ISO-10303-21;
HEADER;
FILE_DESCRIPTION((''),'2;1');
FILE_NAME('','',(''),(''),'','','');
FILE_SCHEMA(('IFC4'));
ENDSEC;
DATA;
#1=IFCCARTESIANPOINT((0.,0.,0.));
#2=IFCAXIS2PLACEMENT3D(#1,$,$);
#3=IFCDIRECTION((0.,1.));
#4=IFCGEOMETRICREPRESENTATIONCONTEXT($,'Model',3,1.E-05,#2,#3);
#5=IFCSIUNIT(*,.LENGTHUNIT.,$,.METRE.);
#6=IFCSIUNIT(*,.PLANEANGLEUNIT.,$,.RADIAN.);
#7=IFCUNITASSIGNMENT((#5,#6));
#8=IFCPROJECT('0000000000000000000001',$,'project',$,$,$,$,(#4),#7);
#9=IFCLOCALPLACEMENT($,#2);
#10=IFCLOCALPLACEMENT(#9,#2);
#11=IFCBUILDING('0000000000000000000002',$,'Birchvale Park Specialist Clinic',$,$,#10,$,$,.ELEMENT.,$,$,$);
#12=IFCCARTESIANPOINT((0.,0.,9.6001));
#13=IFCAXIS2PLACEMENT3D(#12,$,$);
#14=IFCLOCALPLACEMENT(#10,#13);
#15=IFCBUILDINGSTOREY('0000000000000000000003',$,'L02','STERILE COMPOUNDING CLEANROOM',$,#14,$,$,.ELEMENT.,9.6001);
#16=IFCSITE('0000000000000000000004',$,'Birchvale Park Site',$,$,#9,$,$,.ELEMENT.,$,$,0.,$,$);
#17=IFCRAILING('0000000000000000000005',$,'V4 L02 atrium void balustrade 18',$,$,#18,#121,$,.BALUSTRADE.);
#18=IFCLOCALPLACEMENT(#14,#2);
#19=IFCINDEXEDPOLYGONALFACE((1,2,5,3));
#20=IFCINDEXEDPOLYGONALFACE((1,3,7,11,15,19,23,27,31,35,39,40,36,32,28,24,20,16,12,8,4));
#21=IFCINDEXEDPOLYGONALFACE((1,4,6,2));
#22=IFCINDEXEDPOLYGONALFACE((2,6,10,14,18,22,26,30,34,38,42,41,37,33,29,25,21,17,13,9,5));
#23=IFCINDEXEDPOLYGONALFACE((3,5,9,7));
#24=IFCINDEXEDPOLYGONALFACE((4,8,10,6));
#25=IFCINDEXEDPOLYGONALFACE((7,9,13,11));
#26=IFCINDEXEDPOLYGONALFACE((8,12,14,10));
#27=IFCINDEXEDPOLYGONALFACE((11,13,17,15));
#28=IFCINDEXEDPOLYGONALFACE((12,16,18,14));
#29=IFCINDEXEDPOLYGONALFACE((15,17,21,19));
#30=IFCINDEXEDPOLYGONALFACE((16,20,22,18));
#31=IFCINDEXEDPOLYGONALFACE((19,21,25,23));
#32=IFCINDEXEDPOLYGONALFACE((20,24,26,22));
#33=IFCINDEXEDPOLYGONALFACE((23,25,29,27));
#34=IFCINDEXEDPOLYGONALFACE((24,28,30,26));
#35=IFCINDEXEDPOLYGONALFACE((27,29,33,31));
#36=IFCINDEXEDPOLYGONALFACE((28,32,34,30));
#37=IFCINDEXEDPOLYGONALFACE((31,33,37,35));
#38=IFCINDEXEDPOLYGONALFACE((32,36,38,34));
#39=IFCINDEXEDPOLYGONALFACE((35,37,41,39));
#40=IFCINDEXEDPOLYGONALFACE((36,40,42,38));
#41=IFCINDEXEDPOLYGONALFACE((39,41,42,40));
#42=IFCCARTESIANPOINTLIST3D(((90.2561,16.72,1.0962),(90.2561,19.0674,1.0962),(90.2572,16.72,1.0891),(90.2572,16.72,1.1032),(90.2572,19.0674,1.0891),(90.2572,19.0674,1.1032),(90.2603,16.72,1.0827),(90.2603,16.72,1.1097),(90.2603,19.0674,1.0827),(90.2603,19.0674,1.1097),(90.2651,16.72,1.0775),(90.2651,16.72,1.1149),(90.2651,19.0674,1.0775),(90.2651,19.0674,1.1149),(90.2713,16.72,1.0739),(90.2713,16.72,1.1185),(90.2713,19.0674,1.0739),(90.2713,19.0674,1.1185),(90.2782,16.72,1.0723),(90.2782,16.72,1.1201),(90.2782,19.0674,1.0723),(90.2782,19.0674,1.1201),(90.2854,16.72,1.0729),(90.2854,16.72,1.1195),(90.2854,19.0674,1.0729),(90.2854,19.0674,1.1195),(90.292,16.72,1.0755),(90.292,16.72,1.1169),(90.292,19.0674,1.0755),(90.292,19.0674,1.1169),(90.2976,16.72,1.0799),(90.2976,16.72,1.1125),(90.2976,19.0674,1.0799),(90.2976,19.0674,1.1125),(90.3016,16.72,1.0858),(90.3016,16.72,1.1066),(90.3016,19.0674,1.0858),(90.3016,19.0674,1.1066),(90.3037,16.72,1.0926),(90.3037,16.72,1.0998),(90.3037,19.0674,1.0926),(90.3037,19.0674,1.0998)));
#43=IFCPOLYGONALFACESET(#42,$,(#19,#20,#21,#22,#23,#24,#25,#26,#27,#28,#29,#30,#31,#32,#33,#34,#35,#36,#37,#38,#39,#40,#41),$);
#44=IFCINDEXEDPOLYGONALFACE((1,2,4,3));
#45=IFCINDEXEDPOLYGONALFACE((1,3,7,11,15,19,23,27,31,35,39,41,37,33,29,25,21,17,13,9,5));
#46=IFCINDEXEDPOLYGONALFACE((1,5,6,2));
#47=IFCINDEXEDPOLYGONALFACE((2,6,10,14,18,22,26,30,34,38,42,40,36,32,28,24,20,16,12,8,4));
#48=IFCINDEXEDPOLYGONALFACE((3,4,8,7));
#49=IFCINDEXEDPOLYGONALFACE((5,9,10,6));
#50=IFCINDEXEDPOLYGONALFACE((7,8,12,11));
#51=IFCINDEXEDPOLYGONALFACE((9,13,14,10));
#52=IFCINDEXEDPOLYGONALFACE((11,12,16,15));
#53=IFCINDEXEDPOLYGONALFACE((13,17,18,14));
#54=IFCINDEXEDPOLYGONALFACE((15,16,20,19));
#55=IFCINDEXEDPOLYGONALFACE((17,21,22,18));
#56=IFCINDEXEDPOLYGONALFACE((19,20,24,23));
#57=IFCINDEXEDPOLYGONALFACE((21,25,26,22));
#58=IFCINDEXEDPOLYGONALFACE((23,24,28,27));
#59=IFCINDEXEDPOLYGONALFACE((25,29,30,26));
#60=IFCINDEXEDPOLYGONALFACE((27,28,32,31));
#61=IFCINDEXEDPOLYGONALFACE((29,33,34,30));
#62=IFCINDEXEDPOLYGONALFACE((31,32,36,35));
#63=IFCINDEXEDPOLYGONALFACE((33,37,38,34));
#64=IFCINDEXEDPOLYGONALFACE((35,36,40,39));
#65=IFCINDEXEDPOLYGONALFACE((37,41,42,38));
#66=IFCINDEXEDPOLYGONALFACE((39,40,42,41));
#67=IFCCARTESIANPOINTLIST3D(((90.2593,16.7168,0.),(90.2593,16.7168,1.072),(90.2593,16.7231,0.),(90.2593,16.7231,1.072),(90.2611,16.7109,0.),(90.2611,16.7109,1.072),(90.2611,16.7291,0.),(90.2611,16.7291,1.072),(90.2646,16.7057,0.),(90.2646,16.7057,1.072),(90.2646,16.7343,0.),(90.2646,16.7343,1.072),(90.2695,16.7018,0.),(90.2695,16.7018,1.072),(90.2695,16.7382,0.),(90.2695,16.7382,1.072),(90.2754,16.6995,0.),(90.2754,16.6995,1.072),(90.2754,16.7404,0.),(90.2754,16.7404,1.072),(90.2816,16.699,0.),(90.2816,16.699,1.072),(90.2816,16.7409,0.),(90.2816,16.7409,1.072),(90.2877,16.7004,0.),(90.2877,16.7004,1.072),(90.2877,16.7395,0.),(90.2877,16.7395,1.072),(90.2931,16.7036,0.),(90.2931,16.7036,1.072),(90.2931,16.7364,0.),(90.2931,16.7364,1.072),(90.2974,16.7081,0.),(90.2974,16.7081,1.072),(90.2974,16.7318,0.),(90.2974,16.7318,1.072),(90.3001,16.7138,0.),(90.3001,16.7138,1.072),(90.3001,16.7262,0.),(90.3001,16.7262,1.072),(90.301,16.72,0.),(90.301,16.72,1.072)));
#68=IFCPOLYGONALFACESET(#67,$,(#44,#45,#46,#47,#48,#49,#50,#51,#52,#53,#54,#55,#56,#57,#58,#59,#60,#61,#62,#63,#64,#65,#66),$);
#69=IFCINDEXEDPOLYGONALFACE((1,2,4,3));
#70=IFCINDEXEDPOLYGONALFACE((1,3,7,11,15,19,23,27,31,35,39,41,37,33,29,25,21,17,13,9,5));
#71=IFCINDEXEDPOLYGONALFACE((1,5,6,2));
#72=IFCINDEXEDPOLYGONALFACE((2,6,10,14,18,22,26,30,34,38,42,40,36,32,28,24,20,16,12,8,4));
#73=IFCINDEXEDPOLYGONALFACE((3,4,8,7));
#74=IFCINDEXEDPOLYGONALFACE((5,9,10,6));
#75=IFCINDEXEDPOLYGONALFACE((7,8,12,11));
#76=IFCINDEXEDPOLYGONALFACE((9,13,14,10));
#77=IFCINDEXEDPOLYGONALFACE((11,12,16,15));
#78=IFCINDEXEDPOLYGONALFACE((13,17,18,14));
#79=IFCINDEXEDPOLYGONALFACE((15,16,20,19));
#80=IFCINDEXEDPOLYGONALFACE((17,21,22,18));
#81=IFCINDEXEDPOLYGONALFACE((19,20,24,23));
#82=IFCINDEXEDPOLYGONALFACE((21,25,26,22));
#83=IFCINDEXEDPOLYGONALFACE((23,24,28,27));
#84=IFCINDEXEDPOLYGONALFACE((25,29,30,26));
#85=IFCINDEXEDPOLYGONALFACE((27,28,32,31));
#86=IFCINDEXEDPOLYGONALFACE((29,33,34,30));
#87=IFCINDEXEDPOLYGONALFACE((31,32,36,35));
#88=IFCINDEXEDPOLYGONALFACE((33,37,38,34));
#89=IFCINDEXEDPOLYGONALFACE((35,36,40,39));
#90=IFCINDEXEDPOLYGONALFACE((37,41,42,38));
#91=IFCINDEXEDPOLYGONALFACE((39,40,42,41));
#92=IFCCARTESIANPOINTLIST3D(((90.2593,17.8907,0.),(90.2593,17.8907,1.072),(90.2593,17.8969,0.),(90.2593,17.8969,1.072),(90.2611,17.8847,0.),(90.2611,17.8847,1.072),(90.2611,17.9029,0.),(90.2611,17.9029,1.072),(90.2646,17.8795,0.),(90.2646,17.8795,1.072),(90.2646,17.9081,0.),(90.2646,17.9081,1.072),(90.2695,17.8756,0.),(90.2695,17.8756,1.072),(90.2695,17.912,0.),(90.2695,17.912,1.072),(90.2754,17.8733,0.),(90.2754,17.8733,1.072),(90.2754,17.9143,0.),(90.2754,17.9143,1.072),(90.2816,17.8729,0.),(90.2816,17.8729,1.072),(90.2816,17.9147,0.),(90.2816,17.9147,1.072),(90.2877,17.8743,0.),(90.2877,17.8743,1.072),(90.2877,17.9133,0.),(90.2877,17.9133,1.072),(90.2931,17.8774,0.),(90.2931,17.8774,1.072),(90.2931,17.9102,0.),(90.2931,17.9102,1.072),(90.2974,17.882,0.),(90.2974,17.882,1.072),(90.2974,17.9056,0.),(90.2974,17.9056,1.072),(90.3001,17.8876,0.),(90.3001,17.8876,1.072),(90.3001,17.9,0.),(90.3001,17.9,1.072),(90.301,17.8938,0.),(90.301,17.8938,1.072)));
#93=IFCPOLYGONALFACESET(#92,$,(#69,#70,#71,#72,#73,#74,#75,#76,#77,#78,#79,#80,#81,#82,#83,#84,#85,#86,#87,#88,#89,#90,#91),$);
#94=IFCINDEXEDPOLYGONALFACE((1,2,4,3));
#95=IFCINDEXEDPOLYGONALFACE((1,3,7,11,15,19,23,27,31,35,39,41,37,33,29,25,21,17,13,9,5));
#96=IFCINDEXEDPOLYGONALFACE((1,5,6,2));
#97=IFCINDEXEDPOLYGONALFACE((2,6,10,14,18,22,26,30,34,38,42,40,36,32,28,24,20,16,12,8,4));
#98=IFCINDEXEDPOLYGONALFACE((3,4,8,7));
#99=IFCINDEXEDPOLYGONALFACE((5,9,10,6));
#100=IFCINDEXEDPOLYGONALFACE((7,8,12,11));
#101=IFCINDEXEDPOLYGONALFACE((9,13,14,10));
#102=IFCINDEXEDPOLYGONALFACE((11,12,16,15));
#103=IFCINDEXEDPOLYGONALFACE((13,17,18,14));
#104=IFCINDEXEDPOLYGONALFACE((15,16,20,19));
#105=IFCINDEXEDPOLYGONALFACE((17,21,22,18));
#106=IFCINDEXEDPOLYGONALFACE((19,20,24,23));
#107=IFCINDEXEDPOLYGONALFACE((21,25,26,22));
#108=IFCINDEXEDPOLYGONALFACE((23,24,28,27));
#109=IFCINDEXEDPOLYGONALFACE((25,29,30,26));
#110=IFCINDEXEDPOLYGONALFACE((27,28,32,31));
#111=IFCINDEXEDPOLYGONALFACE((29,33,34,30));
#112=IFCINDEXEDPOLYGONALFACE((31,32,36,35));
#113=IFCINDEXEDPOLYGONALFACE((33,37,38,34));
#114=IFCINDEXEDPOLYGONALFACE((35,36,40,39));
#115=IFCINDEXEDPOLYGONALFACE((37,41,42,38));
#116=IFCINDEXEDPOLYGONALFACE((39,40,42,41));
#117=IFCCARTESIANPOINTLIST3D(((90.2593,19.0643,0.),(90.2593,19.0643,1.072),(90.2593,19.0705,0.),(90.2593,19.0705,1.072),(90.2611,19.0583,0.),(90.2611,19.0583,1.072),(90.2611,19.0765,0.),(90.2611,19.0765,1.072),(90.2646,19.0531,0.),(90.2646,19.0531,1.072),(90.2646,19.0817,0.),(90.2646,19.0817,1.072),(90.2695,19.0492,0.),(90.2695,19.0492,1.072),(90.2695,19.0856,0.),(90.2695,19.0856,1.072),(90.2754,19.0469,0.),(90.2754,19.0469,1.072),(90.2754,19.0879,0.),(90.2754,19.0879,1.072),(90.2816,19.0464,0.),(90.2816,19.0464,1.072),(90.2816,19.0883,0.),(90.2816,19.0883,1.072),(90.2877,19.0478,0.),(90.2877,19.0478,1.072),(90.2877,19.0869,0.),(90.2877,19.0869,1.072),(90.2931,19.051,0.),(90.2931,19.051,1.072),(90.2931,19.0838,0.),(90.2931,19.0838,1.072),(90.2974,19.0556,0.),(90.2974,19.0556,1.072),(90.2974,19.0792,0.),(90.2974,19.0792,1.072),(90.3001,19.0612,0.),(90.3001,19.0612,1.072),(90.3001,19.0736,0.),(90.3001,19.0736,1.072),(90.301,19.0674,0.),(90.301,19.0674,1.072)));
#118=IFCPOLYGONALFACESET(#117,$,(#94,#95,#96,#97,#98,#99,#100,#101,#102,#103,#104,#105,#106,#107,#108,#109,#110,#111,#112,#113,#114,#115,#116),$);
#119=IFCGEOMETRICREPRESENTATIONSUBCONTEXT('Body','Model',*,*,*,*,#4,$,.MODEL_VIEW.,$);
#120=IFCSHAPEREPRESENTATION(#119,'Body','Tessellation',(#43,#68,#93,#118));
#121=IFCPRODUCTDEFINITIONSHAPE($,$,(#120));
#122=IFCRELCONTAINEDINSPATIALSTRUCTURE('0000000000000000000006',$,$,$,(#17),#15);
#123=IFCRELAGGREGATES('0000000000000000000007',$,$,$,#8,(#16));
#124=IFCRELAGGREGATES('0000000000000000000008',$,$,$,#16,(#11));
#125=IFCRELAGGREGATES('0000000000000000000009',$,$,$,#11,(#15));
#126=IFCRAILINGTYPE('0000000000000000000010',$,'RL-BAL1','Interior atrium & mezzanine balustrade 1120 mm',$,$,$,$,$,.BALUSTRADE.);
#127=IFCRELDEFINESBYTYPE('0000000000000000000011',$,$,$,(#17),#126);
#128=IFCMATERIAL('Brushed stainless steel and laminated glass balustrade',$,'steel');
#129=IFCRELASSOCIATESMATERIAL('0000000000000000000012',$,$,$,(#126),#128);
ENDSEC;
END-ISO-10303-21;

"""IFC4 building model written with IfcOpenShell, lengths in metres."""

from ifc_helpers import new_model, si_unit, direction, frame, origin, origin_2d, place, context, subcontext, project, spatial, circle, extrude, material, type_object, element, save


model = new_model("IFC4")

# Units and contexts
model_context = context("Model", 3, precision=1e-05, world=origin(), true_north=direction((0.0, 1.0)))
body_context = subcontext(model_context, "Body", "Model", "MODEL_VIEW")
ifc_project = project(units=[si_unit("LENGTHUNIT", "METRE"), si_unit("PLANEANGLEUNIT", "RADIAN")], contexts=[model_context])

# Site, building, storey
site_placement = place(None, origin())
site = spatial("IfcSite", under=ifc_project, at=site_placement, Name="Birchvale Park Site", CompositionType="ELEMENT", RefElevation=0.0)
building_placement = place(site_placement, origin())
building = spatial("IfcBuilding", under=site, at=building_placement, Name="Birchvale Park Specialist Clinic", CompositionType="ELEMENT")
storey_placement = place(building_placement, frame((0.0, 0.0, 9.6001)))
storey = spatial("IfcBuildingStorey", under=building, at=storey_placement, Name="L02", Description="STERILE COMPOUNDING CLEANROOM", CompositionType="ELEMENT", Elevation=9.6001)

# Railing
ifc_material_1 = material(Name="Brushed stainless steel and laminated glass balustrade", Category="steel")
railing_type = type_object("IfcRailingType", Name="RL-BAL1", Description="Interior atrium & mezzanine balustrade 1120 mm", PredefinedType="BALUSTRADE", material=ifc_material_1)
railing_1_placement = place(storey_placement, frame((90.28, 16.72, 0.0)))
element("IfcRailing", 1, at=railing_1_placement, inside=storey, type_object=railing_type, Name="V4 L02 atrium void balustrade 18", PredefinedType="BALUSTRADE", context=body_context, shape_type="SweptSolid", body=[
    extrude(circle(Radius=0.0239, at=origin_2d()), frame((0.0, 0.0, 1.0962), z_axis=(0.0, 1.0, 0.0), x_axis=(-1.0, 0.0, 0.0)), (0.0, 0.0, 1.0), 2.3474),
    extrude(circle(Radius=0.021, at=origin_2d()), origin(), (0.0, 0.0, 1.0), 1.072),
    extrude(circle(Radius=0.021, at=origin_2d()), frame((0.0, 1.1738, 0.0)), (0.0, 0.0, 1.0), 1.072),
    extrude(circle(Radius=0.021, at=origin_2d()), frame((0.0, 2.3474, 0.0)), (0.0, 0.0, 1.0), 1.072),
])

save(model, "model.ifc")
